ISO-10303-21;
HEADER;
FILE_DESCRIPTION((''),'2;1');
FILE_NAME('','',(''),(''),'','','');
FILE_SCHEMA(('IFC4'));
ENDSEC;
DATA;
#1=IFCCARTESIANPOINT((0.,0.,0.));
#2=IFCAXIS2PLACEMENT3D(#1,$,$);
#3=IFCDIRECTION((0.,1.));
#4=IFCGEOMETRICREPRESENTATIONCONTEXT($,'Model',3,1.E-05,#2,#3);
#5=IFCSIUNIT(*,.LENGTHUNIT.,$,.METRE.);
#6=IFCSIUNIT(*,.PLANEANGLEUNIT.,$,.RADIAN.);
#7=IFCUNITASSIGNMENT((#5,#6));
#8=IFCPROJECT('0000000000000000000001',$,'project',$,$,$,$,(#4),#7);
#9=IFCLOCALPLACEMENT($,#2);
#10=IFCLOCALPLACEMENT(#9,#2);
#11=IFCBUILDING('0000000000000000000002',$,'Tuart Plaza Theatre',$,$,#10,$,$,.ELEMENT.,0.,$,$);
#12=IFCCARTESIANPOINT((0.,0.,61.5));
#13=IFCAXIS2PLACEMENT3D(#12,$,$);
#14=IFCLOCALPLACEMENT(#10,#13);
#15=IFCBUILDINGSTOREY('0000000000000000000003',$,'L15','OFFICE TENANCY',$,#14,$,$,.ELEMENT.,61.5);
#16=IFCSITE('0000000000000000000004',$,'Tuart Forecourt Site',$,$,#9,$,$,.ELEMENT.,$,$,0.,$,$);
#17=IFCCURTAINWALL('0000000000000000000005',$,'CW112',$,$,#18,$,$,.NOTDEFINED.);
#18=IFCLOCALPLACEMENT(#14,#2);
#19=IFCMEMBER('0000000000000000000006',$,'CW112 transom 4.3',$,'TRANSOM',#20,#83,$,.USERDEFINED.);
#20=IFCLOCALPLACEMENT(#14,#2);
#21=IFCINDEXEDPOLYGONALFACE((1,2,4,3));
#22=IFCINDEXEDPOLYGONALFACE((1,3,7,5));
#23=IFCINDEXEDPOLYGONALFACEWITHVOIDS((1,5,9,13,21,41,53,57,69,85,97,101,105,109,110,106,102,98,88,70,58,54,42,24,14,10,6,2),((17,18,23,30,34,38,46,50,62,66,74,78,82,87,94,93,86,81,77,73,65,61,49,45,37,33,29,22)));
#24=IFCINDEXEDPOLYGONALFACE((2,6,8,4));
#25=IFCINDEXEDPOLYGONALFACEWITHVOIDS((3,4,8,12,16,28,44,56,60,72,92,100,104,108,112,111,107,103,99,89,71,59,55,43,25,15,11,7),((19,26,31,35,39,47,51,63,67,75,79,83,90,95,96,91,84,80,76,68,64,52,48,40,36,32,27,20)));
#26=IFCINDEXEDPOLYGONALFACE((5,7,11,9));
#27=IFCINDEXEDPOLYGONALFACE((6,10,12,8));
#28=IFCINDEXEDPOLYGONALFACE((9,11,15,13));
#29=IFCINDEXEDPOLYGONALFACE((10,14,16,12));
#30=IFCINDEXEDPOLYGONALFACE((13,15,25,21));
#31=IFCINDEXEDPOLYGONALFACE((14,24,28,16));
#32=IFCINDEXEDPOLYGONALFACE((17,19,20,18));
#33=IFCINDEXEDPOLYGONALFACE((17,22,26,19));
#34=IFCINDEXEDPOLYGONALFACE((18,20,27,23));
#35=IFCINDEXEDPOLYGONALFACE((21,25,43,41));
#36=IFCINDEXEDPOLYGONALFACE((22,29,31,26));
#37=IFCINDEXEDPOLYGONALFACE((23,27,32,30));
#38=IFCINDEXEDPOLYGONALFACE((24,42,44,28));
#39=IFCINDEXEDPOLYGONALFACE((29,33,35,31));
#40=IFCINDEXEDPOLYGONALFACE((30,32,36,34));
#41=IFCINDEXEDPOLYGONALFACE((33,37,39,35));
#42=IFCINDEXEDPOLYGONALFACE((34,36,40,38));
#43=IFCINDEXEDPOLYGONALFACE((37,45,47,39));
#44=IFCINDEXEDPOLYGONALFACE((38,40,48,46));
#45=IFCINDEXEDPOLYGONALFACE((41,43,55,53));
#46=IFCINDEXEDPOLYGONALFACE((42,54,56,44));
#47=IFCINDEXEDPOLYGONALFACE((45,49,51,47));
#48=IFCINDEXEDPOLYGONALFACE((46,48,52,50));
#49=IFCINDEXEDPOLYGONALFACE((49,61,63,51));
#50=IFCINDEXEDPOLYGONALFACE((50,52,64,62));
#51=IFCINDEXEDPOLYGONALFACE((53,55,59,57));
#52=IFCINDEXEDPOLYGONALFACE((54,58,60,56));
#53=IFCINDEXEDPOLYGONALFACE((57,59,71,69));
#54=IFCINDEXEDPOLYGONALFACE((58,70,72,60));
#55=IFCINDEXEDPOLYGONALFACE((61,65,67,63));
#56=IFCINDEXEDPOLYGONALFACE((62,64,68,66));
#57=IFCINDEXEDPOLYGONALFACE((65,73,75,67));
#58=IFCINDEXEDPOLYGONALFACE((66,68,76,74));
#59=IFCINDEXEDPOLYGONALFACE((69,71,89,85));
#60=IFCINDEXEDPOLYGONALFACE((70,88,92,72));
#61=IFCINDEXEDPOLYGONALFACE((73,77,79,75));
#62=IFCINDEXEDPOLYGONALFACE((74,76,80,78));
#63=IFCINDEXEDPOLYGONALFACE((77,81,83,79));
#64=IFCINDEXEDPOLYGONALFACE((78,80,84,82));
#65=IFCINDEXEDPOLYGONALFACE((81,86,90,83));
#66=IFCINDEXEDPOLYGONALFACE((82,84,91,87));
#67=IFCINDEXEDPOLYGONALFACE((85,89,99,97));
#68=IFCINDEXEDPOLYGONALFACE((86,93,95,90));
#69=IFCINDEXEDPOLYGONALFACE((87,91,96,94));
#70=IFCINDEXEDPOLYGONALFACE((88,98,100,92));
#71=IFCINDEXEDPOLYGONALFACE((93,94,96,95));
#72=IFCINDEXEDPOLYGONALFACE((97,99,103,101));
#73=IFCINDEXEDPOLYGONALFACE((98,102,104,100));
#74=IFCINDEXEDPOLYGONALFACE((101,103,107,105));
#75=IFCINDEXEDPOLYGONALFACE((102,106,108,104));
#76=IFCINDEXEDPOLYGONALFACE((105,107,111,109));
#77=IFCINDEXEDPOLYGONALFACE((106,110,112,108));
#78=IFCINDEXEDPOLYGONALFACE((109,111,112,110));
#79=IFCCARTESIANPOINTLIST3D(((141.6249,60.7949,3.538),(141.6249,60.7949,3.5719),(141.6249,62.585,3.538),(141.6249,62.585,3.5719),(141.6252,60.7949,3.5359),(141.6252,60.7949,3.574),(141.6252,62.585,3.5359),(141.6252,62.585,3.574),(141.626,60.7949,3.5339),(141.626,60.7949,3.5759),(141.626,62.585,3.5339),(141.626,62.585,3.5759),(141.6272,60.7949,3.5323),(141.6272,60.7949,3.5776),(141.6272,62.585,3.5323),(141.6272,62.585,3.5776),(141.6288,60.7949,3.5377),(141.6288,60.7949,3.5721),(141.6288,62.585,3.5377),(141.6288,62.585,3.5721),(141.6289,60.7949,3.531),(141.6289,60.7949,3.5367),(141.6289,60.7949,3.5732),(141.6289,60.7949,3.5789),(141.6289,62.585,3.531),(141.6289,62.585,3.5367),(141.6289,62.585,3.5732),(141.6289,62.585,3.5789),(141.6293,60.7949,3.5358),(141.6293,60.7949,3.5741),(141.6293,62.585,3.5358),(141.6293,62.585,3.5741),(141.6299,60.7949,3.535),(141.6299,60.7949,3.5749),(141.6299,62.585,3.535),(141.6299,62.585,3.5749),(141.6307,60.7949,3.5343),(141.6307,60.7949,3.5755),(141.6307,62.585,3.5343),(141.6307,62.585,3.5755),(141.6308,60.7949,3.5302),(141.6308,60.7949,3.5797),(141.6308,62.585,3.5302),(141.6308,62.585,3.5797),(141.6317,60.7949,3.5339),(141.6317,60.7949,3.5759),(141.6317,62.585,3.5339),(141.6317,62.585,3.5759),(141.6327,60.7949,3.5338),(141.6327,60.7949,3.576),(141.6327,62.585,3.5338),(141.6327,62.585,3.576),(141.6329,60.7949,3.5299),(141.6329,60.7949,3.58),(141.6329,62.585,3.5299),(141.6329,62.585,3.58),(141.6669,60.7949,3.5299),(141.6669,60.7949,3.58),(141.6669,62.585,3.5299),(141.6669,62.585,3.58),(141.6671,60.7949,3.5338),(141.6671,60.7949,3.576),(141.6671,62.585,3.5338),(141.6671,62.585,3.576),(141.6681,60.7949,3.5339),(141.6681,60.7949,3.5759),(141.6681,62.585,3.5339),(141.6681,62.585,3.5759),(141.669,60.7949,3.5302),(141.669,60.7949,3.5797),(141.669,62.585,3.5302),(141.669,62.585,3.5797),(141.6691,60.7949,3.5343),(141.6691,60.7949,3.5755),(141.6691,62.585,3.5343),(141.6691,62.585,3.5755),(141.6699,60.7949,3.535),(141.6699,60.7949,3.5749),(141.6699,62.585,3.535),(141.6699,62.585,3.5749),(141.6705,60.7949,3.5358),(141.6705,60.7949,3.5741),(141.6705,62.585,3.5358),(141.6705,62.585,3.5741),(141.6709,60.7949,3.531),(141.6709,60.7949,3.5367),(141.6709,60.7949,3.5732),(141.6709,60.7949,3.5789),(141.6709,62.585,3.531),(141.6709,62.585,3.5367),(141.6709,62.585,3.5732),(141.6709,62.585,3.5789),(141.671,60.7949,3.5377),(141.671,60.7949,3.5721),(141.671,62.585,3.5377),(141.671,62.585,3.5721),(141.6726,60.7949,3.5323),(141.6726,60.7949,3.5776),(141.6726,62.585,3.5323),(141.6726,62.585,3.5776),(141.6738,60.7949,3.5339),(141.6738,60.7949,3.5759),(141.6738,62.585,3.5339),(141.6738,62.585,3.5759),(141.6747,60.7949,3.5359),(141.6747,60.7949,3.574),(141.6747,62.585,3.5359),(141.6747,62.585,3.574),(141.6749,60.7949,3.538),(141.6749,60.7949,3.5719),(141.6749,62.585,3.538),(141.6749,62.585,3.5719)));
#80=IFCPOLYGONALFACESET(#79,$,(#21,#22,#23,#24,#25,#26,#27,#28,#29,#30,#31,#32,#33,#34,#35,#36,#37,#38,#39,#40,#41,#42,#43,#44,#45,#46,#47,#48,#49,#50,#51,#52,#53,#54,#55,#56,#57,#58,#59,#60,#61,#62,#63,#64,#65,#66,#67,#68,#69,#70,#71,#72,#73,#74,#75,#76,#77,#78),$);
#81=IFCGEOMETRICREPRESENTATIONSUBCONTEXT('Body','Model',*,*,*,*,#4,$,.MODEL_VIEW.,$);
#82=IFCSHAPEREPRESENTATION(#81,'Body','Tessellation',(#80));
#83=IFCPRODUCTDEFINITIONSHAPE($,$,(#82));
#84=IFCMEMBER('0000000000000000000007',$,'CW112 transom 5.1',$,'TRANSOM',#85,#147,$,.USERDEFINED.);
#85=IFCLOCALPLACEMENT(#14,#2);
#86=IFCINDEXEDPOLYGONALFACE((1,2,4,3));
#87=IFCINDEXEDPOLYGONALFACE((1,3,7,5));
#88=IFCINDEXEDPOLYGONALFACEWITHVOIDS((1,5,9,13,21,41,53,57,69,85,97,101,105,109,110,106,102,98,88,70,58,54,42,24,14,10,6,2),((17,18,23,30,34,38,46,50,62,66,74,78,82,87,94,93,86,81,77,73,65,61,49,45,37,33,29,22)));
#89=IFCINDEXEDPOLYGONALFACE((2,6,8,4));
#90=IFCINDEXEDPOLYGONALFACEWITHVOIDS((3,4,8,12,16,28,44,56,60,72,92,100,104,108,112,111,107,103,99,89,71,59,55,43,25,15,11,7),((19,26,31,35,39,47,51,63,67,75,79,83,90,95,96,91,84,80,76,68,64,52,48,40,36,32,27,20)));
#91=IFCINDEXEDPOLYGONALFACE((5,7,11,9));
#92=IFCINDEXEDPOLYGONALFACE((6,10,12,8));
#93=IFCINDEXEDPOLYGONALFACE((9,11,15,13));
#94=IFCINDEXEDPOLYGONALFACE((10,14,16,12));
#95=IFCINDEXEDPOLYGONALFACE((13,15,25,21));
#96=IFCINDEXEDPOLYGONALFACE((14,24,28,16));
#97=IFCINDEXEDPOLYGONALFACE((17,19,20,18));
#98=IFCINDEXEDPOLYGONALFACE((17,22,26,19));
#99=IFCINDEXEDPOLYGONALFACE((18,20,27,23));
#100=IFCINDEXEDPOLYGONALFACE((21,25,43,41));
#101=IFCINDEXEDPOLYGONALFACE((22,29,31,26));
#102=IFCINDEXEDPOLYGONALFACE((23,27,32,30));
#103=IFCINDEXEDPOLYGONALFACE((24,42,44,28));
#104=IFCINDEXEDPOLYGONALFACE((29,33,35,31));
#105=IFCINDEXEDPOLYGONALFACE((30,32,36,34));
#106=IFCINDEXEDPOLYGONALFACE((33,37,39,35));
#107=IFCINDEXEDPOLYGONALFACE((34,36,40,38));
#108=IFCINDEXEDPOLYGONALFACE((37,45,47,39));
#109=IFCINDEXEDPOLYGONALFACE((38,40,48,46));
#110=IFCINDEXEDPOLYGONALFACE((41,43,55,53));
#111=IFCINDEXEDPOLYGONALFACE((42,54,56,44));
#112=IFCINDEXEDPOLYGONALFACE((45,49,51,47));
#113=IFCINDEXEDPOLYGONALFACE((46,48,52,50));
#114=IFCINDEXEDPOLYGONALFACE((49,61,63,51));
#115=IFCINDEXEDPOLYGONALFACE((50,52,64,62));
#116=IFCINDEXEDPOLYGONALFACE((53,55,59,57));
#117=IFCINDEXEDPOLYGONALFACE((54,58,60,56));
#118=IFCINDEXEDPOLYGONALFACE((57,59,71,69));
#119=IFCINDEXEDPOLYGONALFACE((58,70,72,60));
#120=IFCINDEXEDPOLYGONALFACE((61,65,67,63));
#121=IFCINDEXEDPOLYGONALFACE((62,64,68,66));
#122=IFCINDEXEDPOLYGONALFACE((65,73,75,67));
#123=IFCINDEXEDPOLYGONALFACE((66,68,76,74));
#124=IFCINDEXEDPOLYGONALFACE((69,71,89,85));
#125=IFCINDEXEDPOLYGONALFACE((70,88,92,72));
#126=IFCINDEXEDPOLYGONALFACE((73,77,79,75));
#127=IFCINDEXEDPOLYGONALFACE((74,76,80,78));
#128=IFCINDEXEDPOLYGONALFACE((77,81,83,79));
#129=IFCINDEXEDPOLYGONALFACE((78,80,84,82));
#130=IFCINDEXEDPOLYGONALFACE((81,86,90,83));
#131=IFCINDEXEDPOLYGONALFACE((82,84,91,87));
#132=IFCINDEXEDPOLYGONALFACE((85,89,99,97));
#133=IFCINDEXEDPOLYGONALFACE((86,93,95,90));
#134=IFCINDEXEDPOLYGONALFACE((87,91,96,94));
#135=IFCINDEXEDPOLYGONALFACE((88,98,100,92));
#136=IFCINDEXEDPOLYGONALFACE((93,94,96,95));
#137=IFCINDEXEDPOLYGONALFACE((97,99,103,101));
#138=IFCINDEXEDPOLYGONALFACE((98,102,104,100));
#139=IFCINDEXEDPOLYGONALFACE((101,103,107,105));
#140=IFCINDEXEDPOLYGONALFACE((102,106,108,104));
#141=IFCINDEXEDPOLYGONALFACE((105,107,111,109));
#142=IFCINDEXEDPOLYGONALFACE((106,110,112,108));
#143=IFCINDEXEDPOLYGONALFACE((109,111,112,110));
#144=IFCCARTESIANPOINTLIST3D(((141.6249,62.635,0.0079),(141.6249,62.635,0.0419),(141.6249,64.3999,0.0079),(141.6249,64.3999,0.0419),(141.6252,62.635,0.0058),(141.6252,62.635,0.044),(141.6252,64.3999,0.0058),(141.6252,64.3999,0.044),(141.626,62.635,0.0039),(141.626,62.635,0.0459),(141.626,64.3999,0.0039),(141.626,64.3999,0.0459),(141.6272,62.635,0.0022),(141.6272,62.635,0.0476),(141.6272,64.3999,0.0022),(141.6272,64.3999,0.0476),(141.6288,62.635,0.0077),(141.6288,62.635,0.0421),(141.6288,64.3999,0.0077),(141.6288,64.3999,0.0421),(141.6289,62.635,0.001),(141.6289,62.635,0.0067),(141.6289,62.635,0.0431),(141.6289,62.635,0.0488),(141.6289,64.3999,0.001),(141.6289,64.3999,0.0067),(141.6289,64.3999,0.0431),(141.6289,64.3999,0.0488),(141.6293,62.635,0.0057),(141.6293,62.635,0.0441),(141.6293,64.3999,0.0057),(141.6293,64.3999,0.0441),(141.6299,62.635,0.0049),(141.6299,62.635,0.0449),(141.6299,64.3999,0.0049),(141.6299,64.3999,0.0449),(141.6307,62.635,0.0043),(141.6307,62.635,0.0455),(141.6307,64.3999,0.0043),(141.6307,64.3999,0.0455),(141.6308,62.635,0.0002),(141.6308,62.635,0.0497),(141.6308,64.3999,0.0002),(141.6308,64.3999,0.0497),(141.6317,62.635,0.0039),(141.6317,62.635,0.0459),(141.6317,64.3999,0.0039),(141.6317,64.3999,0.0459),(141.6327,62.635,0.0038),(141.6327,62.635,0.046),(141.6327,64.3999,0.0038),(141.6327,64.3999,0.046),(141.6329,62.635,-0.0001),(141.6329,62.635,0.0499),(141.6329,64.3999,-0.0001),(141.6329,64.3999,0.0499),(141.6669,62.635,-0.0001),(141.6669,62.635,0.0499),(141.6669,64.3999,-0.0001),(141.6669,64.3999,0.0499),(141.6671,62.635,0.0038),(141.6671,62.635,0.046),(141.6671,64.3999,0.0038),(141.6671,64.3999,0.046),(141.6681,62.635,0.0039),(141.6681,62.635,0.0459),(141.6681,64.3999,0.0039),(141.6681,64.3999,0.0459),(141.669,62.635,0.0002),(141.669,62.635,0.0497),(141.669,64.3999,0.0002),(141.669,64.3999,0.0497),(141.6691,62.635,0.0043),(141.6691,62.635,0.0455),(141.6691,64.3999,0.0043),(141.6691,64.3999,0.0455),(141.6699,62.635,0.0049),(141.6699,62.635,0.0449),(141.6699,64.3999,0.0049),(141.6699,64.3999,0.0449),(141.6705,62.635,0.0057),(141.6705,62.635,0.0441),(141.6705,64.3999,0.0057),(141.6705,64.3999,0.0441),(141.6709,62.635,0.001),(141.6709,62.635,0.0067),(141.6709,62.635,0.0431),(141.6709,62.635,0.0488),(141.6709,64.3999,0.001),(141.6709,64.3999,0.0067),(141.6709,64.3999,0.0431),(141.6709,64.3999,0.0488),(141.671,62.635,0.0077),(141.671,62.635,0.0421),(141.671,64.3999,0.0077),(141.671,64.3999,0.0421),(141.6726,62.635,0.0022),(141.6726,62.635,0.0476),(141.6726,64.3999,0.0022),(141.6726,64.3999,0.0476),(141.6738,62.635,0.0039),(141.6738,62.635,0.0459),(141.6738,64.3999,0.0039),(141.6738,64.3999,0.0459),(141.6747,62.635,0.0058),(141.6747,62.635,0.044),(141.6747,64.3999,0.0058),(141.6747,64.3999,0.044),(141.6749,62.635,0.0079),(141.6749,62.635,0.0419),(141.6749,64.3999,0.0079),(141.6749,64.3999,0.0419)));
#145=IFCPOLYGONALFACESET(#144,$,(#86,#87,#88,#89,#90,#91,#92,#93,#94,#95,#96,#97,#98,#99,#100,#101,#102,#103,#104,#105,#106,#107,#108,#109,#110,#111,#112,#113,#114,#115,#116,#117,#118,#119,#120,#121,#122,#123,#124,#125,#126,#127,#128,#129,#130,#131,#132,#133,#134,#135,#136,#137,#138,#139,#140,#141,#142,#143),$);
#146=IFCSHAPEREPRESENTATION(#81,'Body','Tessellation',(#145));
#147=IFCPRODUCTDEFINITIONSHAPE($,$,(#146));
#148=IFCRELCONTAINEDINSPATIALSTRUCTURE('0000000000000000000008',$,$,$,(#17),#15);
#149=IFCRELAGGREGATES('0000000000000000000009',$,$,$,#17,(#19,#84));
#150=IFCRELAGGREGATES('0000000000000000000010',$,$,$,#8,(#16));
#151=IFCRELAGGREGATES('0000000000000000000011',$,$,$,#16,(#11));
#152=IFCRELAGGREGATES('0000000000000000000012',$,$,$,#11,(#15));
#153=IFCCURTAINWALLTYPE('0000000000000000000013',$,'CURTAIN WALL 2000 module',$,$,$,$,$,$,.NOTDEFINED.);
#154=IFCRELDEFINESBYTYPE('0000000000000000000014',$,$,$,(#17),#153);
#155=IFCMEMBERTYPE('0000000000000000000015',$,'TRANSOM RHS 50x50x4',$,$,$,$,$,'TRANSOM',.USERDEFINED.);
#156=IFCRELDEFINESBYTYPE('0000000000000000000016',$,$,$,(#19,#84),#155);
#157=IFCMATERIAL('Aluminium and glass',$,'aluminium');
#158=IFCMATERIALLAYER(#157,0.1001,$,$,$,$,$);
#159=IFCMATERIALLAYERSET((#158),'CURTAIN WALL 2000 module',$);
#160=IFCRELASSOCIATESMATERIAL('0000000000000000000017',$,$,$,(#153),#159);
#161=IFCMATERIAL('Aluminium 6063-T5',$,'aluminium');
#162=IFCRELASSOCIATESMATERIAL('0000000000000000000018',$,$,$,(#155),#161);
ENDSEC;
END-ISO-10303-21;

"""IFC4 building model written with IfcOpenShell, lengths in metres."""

from ifc_helpers import new_model, si_unit, direction, frame, origin, origin_2d, place, context, subcontext, project, spatial, hollow_rectangle, extrude, material, layer, layer_set, material_profile, profile_set, type_object, element, aggregate, save


model = new_model("IFC4")

# Units and contexts
model_context = context("Model", 3, precision=1e-05, world=origin(), true_north=direction((0.0, 1.0)))
body_context = subcontext(model_context, "Body", "Model", "MODEL_VIEW")
ifc_project = project(units=[si_unit("LENGTHUNIT", "METRE"), si_unit("PLANEANGLEUNIT", "RADIAN")], contexts=[model_context])

# Site, building, storey
site_placement = place(None, origin())
site = spatial("IfcSite", under=ifc_project, at=site_placement, Name="Tuart Forecourt Site", CompositionType="ELEMENT", RefElevation=0.0)
building_placement = place(site_placement, origin())
building = spatial("IfcBuilding", under=site, at=building_placement, Name="Tuart Plaza Theatre", CompositionType="ELEMENT", ElevationOfRefHeight=0.0)
storey_placement = place(building_placement, frame((0.0, 0.0, 61.5)))
storey = spatial("IfcBuildingStorey", under=building, at=storey_placement, Name="L15", Description="OFFICE TENANCY", CompositionType="ELEMENT", Elevation=61.5)

# Curtain wall, members
ifc_material_1 = material(Name="Aluminium and glass", Category="aluminium")
ifc_layer_1 = layer(ifc_material_1, 0.1001)
ifc_layer_set_1 = layer_set([ifc_layer_1], Name="CURTAIN WALL 2000 module")
curtain_wall_type = type_object("IfcCurtainWallType", Name="CURTAIN WALL 2000 module", PredefinedType="NOTDEFINED", material=ifc_layer_set_1)
curtain_wall_placement = place(storey_placement, origin())
curtain_wall = element("IfcCurtainWall", 1, at=curtain_wall_placement, inside=storey, type_object=curtain_wall_type, Name="CW112", PredefinedType="NOTDEFINED")
ifc_material_2 = material(Name="Aluminium 6063-T5", Category="aluminium")
ifc_material_profile_1 = material_profile(ifc_material_2, hollow_rectangle(XDim=0.05, YDim=0.05, WallThickness=0.0039, InnerFilletRadius=0.0039, OuterFilletRadius=0.0081, at=origin_2d()), Name="RHS 50x50x4")
ifc_profile_set_1 = profile_set([ifc_material_profile_1], Name="Aluminium 6063-T5")
member_type_1 = type_object("IfcMemberType", Name="TRANSOM RHS 50x50x4", ElementType="TRANSOM", PredefinedType="USERDEFINED", material=ifc_profile_set_1)
member_1_placement = place(storey_placement, frame((141.6499, 60.7949, 3.5549), z_axis=(0.0, 1.0, 0.0), x_axis=(-1.0, 0.0, 0.0)))
member_1 = element("IfcMember", 2, at=member_1_placement, type_object=member_type_1, Name="CW112 transom 4.3", ObjectType="TRANSOM", PredefinedType="USERDEFINED", context=body_context, shape_type="SweptSolid", body=[
    extrude(hollow_rectangle(XDim=0.05, YDim=0.05, WallThickness=0.0039, InnerFilletRadius=0.0039, OuterFilletRadius=0.0081, at=origin_2d()), origin(), (0.0, 0.0, 1.0), 1.79),
])
member_2_placement = place(storey_placement, frame((141.6499, 62.635, 0.0249), z_axis=(0.0, 1.0, 0.0), x_axis=(-1.0, 0.0, 0.0)))
member_2 = element("IfcMember", 3, at=member_2_placement, type_object=member_type_1, Name="CW112 transom 5.1", ObjectType="TRANSOM", PredefinedType="USERDEFINED", context=body_context, shape_type="SweptSolid", body=[
    extrude(hollow_rectangle(XDim=0.05, YDim=0.05, WallThickness=0.0039, InnerFilletRadius=0.0039, OuterFilletRadius=0.0081, at=origin_2d()), origin(), (0.0, 0.0, 1.0), 1.7649),
])
aggregate(curtain_wall, [member_1, member_2])

save(model, "model.ifc")
